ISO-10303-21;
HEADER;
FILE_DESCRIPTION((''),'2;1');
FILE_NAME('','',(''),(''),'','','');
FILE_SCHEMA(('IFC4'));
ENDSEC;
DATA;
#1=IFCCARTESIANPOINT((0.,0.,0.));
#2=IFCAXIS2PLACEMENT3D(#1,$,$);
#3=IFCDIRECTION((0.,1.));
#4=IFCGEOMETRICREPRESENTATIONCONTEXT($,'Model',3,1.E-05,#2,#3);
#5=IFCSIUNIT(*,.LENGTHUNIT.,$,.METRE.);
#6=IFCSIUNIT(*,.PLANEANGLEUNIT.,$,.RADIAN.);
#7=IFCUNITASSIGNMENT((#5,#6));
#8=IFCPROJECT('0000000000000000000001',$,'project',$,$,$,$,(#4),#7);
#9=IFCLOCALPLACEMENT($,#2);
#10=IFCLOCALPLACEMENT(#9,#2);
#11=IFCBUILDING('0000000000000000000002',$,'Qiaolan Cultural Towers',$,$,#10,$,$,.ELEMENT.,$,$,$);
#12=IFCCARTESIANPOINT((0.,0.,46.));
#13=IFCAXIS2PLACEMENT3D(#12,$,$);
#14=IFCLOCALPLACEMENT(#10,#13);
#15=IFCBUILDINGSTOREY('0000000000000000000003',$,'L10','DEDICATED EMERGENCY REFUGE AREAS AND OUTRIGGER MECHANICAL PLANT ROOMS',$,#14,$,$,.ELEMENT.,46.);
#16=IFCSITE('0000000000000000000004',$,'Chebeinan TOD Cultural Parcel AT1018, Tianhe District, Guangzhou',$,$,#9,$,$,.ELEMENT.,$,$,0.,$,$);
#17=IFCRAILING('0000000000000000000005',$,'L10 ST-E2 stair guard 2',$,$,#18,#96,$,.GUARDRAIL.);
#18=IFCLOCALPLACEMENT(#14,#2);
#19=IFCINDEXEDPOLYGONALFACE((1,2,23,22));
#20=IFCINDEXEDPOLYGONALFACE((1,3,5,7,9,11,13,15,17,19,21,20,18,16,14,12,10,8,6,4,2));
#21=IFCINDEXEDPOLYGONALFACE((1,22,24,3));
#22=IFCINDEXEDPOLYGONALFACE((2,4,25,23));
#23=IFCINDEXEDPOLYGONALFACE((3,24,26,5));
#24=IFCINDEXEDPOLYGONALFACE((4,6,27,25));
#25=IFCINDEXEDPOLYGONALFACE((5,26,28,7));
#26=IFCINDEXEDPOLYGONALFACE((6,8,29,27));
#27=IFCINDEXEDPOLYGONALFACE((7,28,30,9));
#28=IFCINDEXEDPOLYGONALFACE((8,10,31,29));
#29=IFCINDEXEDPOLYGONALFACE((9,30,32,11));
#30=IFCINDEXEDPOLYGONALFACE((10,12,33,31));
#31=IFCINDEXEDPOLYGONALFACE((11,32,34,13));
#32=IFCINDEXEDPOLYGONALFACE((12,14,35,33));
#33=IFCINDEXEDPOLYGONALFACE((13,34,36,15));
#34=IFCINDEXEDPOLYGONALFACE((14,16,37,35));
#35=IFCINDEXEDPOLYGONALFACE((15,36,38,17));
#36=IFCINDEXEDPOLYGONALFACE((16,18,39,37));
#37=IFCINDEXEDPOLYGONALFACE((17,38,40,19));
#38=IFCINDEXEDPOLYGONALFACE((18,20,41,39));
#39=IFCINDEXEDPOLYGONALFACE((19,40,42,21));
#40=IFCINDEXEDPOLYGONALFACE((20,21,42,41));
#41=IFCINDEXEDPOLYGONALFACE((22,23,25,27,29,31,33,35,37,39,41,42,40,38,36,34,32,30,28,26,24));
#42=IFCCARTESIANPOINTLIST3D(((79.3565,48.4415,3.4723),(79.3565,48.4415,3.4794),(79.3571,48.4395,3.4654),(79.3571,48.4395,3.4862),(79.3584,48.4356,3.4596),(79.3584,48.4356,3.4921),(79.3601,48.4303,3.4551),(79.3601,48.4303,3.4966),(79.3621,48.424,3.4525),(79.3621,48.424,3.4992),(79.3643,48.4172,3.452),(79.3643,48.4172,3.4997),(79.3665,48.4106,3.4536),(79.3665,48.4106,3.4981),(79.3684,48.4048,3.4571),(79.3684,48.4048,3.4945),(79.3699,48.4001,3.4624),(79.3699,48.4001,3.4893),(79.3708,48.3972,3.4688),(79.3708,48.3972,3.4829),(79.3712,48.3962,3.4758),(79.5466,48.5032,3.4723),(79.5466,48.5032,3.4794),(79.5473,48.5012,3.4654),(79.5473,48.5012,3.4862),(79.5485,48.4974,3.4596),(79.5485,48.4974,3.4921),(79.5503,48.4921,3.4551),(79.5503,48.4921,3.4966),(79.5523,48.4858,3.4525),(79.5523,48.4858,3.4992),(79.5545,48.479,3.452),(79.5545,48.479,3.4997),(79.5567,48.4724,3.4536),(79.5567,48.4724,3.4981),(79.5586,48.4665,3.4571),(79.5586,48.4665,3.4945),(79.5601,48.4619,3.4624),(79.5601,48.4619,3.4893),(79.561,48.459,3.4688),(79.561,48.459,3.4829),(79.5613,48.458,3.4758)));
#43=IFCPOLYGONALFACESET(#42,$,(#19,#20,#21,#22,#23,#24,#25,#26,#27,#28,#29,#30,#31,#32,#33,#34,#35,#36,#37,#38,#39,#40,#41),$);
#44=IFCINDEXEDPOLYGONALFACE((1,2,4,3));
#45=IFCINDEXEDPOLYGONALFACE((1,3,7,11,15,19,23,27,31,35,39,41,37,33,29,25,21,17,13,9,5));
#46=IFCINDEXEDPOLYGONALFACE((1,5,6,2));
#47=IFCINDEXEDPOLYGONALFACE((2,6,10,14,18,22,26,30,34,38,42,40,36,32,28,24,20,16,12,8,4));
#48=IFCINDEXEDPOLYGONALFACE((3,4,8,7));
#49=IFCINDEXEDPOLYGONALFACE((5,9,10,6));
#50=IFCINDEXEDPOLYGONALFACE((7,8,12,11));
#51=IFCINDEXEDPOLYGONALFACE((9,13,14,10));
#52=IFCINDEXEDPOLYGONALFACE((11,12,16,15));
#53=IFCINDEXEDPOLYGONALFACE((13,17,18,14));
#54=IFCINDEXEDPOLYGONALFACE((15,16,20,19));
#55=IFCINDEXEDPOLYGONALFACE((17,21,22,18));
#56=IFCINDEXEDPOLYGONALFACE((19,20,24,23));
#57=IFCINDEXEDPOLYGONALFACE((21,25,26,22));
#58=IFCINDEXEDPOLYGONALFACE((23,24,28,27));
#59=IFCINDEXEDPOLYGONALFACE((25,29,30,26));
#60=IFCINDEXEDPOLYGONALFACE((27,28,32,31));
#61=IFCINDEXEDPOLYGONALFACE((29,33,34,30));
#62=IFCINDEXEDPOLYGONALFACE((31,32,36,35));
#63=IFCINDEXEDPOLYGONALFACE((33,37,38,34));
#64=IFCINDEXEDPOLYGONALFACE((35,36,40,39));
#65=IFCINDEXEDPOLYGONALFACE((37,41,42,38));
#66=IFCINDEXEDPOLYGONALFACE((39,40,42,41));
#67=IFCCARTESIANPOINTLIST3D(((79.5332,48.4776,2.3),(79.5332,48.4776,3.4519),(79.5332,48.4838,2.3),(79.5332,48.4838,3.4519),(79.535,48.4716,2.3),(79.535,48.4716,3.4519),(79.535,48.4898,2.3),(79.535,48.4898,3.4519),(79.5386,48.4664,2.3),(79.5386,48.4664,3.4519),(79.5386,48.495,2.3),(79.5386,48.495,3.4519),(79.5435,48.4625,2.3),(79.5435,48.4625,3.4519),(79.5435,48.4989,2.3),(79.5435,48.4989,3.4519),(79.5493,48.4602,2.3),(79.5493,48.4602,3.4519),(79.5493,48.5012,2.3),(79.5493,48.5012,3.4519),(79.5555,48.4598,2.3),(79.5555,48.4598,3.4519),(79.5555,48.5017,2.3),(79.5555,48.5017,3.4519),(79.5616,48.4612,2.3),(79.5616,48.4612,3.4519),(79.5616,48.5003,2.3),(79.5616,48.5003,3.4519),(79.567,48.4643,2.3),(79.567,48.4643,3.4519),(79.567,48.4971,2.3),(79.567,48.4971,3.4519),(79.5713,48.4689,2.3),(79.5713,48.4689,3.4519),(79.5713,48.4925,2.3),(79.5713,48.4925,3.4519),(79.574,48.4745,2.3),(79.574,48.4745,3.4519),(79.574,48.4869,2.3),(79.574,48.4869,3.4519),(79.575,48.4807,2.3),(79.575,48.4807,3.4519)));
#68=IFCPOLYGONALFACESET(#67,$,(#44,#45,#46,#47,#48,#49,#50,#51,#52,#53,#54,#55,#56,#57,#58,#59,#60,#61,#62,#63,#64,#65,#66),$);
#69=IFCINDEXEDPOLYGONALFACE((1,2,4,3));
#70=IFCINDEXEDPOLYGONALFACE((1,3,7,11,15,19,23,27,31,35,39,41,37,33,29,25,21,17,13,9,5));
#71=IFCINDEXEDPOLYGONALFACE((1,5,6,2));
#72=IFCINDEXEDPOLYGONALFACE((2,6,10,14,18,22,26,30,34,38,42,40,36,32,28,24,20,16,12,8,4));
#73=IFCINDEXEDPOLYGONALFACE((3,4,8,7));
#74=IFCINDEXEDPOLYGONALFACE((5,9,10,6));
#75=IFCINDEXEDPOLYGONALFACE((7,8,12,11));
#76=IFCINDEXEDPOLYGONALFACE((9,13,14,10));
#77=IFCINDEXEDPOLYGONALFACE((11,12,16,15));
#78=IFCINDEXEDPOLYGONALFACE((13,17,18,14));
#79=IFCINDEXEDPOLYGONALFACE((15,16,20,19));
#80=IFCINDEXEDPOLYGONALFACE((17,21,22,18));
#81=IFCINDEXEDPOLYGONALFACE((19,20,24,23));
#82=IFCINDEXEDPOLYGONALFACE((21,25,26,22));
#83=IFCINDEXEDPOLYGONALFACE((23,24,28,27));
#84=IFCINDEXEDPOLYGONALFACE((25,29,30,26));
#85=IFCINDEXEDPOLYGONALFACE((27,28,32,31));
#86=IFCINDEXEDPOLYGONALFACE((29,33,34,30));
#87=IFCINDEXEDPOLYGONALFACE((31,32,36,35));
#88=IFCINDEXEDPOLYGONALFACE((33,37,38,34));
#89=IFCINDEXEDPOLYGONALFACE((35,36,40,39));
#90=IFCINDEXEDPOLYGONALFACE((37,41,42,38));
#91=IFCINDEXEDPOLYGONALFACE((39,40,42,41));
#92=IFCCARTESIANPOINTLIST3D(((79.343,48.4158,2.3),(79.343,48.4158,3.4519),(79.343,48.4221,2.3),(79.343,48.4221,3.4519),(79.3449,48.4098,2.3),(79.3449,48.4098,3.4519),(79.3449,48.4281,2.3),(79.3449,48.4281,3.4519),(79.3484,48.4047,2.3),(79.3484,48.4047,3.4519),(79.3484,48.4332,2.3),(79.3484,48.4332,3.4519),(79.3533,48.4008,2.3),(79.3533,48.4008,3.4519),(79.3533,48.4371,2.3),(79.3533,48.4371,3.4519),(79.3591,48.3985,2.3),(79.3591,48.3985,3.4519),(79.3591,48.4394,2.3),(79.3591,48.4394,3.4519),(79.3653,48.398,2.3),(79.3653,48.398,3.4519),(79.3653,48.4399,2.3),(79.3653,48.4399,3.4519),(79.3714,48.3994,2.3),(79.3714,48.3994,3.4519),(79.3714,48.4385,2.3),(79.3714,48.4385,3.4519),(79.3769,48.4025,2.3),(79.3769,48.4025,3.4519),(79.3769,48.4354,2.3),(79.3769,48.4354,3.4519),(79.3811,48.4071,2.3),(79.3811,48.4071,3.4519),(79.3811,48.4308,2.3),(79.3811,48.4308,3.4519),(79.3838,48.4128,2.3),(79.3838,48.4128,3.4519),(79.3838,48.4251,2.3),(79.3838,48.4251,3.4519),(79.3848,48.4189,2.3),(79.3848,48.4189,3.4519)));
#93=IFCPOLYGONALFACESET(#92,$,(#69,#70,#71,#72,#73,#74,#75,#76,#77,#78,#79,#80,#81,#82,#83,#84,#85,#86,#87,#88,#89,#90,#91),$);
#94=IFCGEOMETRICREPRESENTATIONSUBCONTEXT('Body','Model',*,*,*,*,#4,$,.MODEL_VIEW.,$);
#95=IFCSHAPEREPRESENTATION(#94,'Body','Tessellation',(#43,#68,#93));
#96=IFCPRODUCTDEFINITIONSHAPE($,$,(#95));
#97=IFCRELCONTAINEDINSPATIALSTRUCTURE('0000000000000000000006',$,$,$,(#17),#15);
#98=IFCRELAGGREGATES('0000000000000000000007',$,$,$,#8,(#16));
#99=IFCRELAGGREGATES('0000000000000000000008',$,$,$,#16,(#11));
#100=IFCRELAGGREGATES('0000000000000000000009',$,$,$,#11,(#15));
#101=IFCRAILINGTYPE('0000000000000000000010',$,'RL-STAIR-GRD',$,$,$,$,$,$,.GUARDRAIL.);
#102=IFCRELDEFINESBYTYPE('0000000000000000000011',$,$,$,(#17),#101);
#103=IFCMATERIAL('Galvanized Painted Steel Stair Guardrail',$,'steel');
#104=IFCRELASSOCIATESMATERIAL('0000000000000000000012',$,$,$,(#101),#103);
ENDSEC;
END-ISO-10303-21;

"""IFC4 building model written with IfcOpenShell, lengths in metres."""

from ifc_helpers import new_model, si_unit, direction, frame, origin, origin_2d, place, context, subcontext, project, spatial, circle, extrude, material, type_object, element, save


model = new_model("IFC4")

# Units and contexts
model_context = context("Model", 3, precision=1e-05, world=origin(), true_north=direction((0.0, 1.0)))
body_context = subcontext(model_context, "Body", "Model", "MODEL_VIEW")
ifc_project = project(units=[si_unit("LENGTHUNIT", "METRE"), si_unit("PLANEANGLEUNIT", "RADIAN")], contexts=[model_context])

# Site, building, storey
site_placement = place(None, origin())
site = spatial("IfcSite", under=ifc_project, at=site_placement, Name="Chebeinan TOD Cultural Parcel AT1018, Tianhe District, Guangzhou", CompositionType="ELEMENT", RefElevation=0.0)
building_placement = place(site_placement, origin())
building = spatial("IfcBuilding", under=site, at=building_placement, Name="Qiaolan Cultural Towers", CompositionType="ELEMENT")
storey_placement = place(building_placement, frame((0.0, 0.0, 46.0)))
storey = spatial("IfcBuildingStorey", under=building, at=storey_placement, Name="L10", Description="DEDICATED EMERGENCY REFUGE AREAS AND OUTRIGGER MECHANICAL PLANT ROOMS", CompositionType="ELEMENT", Elevation=46.0)

# Railing
ifc_material_1 = material(Name="Galvanized Painted Steel Stair Guardrail", Category="steel")
railing_type_1 = type_object("IfcRailingType", Name="RL-STAIR-GRD", PredefinedType="GUARDRAIL", material=ifc_material_1)
railing_1_placement = place(storey_placement, frame((79.554, 48.4807, 2.3)))
element("IfcRailing", 1, at=railing_1_placement, inside=storey, type_object=railing_type_1, Name="L10 ST-E2 stair guard 2", PredefinedType="GUARDRAIL", context=body_context, shape_type="SweptSolid", body=[
    extrude(circle(Radius=0.0239, at=origin_2d()), frame((0.0, 0.0, 1.1758), z_axis=(-0.951097, -0.308893, 0.0), x_axis=(0.308893, -0.951097, 0.0)), (0.0, 0.0, 1.0), 0.2),
    extrude(circle(Radius=0.021, at=origin_2d()), origin(), (0.0, 0.0, 1.0), 1.1519),
    extrude(circle(Radius=0.021, at=origin_2d()), frame((-0.1902, -0.0618, 0.0)), (0.0, 0.0, 1.0), 1.1519),
])

save(model, "model.ifc")
